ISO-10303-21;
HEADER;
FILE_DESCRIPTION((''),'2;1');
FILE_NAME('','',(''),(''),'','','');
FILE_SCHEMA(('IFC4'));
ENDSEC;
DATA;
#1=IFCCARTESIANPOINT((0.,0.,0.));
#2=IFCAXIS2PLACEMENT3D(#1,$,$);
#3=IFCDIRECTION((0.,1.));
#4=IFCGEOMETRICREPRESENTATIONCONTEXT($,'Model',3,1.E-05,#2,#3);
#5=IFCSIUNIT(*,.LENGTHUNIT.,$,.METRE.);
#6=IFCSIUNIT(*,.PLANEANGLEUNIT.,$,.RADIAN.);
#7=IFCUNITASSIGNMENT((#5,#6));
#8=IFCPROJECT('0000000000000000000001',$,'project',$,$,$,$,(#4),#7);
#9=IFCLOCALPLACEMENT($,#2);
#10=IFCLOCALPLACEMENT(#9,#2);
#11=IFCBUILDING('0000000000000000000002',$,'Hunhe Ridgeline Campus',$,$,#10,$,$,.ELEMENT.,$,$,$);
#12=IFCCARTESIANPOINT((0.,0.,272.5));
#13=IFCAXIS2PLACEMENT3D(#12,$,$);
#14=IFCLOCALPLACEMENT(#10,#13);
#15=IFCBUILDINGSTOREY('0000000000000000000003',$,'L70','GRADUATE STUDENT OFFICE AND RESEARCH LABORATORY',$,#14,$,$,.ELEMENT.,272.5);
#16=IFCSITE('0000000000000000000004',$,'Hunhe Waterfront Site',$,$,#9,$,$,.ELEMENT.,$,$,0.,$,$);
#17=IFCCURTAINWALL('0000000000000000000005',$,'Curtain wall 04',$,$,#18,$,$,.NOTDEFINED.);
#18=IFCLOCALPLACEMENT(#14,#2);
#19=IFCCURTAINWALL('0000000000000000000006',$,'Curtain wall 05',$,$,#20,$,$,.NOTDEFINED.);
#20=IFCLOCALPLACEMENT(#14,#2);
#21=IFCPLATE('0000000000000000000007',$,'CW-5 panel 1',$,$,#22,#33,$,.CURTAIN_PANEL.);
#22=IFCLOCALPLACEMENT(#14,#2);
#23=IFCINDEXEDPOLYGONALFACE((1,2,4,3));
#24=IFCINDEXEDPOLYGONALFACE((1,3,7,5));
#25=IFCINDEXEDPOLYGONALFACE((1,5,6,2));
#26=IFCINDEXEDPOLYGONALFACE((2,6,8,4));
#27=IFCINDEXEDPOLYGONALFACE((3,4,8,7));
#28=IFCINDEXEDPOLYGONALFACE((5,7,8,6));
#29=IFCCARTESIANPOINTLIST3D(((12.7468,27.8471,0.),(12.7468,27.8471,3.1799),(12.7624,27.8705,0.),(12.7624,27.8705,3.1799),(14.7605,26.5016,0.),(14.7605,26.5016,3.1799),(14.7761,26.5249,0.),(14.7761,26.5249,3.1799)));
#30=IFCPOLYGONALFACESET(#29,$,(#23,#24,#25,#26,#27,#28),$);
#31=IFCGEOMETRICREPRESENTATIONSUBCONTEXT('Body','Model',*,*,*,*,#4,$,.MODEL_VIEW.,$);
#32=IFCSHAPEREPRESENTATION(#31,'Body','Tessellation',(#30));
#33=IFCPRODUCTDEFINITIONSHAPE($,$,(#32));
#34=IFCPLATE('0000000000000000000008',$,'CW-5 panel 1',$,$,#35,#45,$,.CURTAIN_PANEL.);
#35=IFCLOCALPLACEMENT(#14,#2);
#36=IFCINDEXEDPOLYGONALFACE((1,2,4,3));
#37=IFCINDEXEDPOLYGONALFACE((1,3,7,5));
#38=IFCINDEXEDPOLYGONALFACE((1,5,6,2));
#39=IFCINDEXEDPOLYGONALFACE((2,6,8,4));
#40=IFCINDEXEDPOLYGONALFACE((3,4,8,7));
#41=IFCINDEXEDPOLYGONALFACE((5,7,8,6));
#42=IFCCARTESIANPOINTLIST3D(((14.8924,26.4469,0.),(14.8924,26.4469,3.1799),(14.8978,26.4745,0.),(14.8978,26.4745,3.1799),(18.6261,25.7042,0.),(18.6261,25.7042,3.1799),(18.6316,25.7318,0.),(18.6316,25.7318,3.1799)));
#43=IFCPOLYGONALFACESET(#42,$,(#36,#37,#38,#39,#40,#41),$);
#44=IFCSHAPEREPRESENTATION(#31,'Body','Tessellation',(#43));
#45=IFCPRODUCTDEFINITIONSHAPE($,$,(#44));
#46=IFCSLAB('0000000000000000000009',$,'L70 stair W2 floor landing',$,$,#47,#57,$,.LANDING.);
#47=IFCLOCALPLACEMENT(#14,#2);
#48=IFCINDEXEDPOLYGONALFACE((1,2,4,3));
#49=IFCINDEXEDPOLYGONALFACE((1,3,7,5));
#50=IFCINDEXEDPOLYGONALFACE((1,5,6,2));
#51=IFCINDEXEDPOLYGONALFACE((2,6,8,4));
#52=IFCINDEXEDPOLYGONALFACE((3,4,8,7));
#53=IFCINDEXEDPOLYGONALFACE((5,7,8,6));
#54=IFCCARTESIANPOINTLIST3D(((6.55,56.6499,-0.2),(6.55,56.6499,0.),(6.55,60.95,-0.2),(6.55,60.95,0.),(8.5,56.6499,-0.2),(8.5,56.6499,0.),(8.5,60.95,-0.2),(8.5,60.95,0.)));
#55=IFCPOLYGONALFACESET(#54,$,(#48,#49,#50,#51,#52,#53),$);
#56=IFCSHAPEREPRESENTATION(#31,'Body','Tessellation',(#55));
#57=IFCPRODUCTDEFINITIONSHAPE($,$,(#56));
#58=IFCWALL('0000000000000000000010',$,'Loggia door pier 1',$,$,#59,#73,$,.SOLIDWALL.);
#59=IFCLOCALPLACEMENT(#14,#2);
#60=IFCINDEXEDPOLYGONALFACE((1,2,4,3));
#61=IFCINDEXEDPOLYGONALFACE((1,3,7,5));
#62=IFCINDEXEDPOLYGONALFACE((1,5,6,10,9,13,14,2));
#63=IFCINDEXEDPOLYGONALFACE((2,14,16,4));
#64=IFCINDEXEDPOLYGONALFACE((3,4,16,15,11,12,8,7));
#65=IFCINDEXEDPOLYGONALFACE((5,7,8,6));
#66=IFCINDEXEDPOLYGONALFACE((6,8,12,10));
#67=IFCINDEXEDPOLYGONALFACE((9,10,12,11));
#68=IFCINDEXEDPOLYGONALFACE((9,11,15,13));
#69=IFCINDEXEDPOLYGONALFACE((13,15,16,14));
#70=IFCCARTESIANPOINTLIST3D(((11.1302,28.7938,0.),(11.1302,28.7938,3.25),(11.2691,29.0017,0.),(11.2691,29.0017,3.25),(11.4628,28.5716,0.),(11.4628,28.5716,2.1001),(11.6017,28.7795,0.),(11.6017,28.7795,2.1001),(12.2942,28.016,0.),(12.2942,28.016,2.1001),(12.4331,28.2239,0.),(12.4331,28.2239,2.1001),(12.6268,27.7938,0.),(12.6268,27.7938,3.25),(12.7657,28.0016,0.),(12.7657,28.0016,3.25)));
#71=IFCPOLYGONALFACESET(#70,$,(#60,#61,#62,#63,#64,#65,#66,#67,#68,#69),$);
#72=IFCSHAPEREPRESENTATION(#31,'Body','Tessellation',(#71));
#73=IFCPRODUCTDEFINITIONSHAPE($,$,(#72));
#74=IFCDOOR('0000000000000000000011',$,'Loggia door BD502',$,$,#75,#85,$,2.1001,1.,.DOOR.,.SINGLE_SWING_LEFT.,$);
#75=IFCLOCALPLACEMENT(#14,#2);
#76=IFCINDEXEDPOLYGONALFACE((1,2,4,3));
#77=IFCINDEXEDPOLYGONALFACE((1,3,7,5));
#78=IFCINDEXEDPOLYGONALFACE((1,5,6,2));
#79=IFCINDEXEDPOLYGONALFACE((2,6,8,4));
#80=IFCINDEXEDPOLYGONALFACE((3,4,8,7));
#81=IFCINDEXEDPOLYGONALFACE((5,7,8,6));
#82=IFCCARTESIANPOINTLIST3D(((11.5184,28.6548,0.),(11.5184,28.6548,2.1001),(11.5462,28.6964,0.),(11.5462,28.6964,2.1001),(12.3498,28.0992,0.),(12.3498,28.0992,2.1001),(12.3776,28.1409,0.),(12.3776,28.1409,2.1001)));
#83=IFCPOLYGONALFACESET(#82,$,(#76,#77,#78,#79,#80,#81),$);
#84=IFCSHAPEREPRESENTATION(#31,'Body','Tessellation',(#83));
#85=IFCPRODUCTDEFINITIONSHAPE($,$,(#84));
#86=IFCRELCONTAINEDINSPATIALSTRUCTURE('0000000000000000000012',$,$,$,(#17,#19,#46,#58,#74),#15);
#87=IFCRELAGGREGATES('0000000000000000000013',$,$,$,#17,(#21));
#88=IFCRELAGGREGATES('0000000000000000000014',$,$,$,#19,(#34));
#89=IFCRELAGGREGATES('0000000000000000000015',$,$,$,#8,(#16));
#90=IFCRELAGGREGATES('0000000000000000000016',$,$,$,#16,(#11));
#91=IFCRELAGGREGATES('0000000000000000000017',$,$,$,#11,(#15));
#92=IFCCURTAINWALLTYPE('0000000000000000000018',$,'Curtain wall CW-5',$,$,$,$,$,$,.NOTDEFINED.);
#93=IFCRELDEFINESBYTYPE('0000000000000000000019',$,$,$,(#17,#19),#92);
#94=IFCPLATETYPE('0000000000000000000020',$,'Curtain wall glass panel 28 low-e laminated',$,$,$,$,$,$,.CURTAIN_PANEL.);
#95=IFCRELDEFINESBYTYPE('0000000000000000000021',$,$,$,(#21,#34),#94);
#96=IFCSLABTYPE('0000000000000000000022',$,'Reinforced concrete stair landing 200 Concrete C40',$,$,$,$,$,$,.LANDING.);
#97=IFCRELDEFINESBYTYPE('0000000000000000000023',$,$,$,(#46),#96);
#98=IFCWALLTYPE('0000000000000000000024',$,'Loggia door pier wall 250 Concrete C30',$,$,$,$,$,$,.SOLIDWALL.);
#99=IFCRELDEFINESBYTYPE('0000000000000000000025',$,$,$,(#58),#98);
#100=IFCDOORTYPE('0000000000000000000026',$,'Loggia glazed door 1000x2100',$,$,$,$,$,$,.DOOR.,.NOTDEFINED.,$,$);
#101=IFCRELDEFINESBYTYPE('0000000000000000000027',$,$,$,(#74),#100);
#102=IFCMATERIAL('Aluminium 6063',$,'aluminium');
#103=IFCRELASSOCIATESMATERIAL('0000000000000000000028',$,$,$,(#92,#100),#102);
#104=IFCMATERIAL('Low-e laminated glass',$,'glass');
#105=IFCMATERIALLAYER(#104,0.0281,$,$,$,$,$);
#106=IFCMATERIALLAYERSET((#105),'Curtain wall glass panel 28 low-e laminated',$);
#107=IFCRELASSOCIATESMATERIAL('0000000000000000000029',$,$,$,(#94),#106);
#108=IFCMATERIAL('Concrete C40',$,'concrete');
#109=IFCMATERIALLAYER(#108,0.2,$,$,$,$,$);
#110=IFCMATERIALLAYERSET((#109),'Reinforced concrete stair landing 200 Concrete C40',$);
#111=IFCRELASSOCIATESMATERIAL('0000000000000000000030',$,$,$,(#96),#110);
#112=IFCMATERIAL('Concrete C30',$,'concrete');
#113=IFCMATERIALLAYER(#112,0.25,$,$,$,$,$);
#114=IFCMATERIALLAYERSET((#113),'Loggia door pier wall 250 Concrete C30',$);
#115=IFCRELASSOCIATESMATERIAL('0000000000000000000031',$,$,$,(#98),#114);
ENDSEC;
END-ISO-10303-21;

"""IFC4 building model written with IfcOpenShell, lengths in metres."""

from ifc_helpers import new_model, si_unit, direction, frame, frame_2d, origin, origin_2d, place, context, subcontext, project, spatial, polyline, rectangle, outline, extrude, material, layer, layer_set, type_object, element, fill, aggregate, save


model = new_model("IFC4")

# Units and contexts
model_context = context("Model", 3, precision=1e-05, world=origin(), true_north=direction((0.0, 1.0)))
body_context = subcontext(model_context, "Body", "Model", "MODEL_VIEW")
ifc_project = project(units=[si_unit("LENGTHUNIT", "METRE"), si_unit("PLANEANGLEUNIT", "RADIAN")], contexts=[model_context])

# Site, building, storey
site_placement = place(None, origin())
site = spatial("IfcSite", under=ifc_project, at=site_placement, Name="Hunhe Waterfront Site", CompositionType="ELEMENT", RefElevation=0.0)
building_placement = place(site_placement, origin())
building = spatial("IfcBuilding", under=site, at=building_placement, Name="Hunhe Ridgeline Campus", CompositionType="ELEMENT")
storey_placement = place(building_placement, frame((0.0, 0.0, 272.5)))
storey = spatial("IfcBuildingStorey", under=building, at=storey_placement, Name="L70", Description="GRADUATE STUDENT OFFICE AND RESEARCH LABORATORY", CompositionType="ELEMENT", Elevation=272.5)

# Shared definitions
ifc_material_1 = material(Name="Aluminium 6063", Category="aluminium")
curtain_wall_type = type_object("IfcCurtainWallType", Name="Curtain wall CW-5", PredefinedType="NOTDEFINED", material=ifc_material_1)

# Curtain wall
curtain_wall_1_placement = place(storey_placement, origin())
curtain_wall_1 = element("IfcCurtainWall", 1, at=curtain_wall_1_placement, inside=storey, type_object=curtain_wall_type, Name="Curtain wall 04", PredefinedType="NOTDEFINED")

# Curtain wall
curtain_wall_2_placement = place(storey_placement, origin())
curtain_wall_2 = element("IfcCurtainWall", 2, at=curtain_wall_2_placement, inside=storey, type_object=curtain_wall_type, Name="Curtain wall 05", PredefinedType="NOTDEFINED")

# Plates
ifc_material_2 = material(Name="Low-e laminated glass", Category="glass")
ifc_layer_1 = layer(ifc_material_2, 0.0281)
ifc_layer_set_1 = layer_set([ifc_layer_1], Name="Curtain wall glass panel 28 low-e laminated")
plate_type = type_object("IfcPlateType", Name="Curtain wall glass panel 28 low-e laminated", PredefinedType="CURTAIN_PANEL", material=ifc_layer_set_1)
plate_1_placement = place(storey_placement, frame((13.7615, 27.186, 0.0), z_axis=(0.0, 0.0, 1.0), x_axis=(0.83147, -0.55557, 0.0)))
plate_1 = element("IfcPlate", 3, at=plate_1_placement, type_object=plate_type, Name="CW-5 panel 1", PredefinedType="CURTAIN_PANEL", context=body_context, shape_type="SweptSolid", body=[
    extrude(rectangle(XDim=2.4219, YDim=0.0281, at=origin_2d()), origin(), (0.0, 0.0, 1.0), 3.1799),
])
aggregate(curtain_wall_1, [plate_1])
plate_2_placement = place(storey_placement, frame((16.762, 26.0894, 0.0), z_axis=(0.0, 0.0, 1.0), x_axis=(0.980785, -0.19509, 0.0)))
plate_2 = element("IfcPlate", 4, at=plate_2_placement, type_object=plate_type, Name="CW-5 panel 1", PredefinedType="CURTAIN_PANEL", context=body_context, shape_type="SweptSolid", body=[
    extrude(rectangle(XDim=3.8069, YDim=0.0281, at=origin_2d()), origin(), (0.0, 0.0, 1.0), 3.1799),
])
aggregate(curtain_wall_2, [plate_2])

# Slab
ifc_material_3 = material(Name="Concrete C40", Category="concrete")
ifc_layer_2 = layer(ifc_material_3, 0.2)
ifc_layer_set_2 = layer_set([ifc_layer_2], Name="Reinforced concrete stair landing 200 Concrete C40")
slab_type = type_object("IfcSlabType", Name="Reinforced concrete stair landing 200 Concrete C40", PredefinedType="LANDING", material=ifc_layer_set_2)
slab_placement = place(storey_placement, frame((0.0, 0.0, -0.2)))
element("IfcSlab", 5, at=slab_placement, inside=storey, type_object=slab_type, Name="L70 stair W2 floor landing", PredefinedType="LANDING", context=body_context, shape_type="SweptSolid", body=[
    extrude(outline(polyline([(8.5, 60.95), (6.55, 60.95), (6.55, 56.6499), (8.5, 56.6499), (8.5, 60.95)])), origin(), (0.0, 0.0, 1.0), 0.2),
])

# Wall, opening, door
ifc_material_4 = material(Name="Concrete C30", Category="concrete")
ifc_layer_3 = layer(ifc_material_4, 0.25)
ifc_layer_set_3 = layer_set([ifc_layer_3], Name="Loggia door pier wall 250 Concrete C30")
wall_type_1 = type_object("IfcWallType", Name="Loggia door pier wall 250 Concrete C30", PredefinedType="SOLIDWALL", material=ifc_layer_set_3)
wall_1_placement = place(storey_placement, frame((11.1997, 28.8977, 0.0), z_axis=(0.0, 0.0, 1.0), x_axis=(0.831466, -0.555576, 0.0)))
wall_1 = element("IfcWall", 6, at=wall_1_placement, inside=storey, type_object=wall_type_1, Name="Loggia door pier 1", PredefinedType="SOLIDWALL", context=body_context, shape_type="SweptSolid", body=[
    extrude(rectangle(XDim=1.8, YDim=0.25, at=frame_2d((0.8999, 0.0))), origin(), (0.0, 0.0, 1.0), 3.25),
])
opening_1_placement = place(wall_1_placement, frame((0.3999, 0.0, 0.0)))
opening_1 = element("IfcOpeningElement", 7, at=opening_1_placement, cuts=wall_1, PredefinedType="OPENING", context=body_context, shape_type="SweptSolid", body=[
    extrude(rectangle(XDim=1.0, YDim=2.1001, at=frame_2d((0.5, 1.05))), frame((0.0, 0.125, 0.0), z_axis=(0.0, -1.0, 0.0), x_axis=(1.0, 0.0, 0.0)), (0.0, 0.0, 1.0), 0.25),
])
door_type_1 = type_object("IfcDoorType", Name="Loggia glazed door 1000x2100", OperationType="NOTDEFINED", PredefinedType="DOOR", material=ifc_material_1)
door_1_placement = place(opening_1_placement, frame((1.0, 0.0, 0.0), z_axis=(0.0, 0.0, 1.0), x_axis=(-1.0, 0.0, 0.0)))
door_1 = element("IfcDoor", 8, at=door_1_placement, inside=storey, type_object=door_type_1, Name="Loggia door BD502", OperationType="SINGLE_SWING_LEFT", OverallHeight=2.1001, OverallWidth=1.0, PredefinedType="DOOR", context=body_context, shape_type="SweptSolid", body=[
    extrude(rectangle(XDim=1.0, YDim=2.1001, at=frame_2d((0.5, 1.05))), frame((0.0, 0.0249, 0.0), z_axis=(0.0, -1.0, 0.0), x_axis=(1.0, 0.0, 0.0)), (0.0, 0.0, 1.0), 0.05),
])
fill(opening_1, door_1)

save(model, "model.ifc")
